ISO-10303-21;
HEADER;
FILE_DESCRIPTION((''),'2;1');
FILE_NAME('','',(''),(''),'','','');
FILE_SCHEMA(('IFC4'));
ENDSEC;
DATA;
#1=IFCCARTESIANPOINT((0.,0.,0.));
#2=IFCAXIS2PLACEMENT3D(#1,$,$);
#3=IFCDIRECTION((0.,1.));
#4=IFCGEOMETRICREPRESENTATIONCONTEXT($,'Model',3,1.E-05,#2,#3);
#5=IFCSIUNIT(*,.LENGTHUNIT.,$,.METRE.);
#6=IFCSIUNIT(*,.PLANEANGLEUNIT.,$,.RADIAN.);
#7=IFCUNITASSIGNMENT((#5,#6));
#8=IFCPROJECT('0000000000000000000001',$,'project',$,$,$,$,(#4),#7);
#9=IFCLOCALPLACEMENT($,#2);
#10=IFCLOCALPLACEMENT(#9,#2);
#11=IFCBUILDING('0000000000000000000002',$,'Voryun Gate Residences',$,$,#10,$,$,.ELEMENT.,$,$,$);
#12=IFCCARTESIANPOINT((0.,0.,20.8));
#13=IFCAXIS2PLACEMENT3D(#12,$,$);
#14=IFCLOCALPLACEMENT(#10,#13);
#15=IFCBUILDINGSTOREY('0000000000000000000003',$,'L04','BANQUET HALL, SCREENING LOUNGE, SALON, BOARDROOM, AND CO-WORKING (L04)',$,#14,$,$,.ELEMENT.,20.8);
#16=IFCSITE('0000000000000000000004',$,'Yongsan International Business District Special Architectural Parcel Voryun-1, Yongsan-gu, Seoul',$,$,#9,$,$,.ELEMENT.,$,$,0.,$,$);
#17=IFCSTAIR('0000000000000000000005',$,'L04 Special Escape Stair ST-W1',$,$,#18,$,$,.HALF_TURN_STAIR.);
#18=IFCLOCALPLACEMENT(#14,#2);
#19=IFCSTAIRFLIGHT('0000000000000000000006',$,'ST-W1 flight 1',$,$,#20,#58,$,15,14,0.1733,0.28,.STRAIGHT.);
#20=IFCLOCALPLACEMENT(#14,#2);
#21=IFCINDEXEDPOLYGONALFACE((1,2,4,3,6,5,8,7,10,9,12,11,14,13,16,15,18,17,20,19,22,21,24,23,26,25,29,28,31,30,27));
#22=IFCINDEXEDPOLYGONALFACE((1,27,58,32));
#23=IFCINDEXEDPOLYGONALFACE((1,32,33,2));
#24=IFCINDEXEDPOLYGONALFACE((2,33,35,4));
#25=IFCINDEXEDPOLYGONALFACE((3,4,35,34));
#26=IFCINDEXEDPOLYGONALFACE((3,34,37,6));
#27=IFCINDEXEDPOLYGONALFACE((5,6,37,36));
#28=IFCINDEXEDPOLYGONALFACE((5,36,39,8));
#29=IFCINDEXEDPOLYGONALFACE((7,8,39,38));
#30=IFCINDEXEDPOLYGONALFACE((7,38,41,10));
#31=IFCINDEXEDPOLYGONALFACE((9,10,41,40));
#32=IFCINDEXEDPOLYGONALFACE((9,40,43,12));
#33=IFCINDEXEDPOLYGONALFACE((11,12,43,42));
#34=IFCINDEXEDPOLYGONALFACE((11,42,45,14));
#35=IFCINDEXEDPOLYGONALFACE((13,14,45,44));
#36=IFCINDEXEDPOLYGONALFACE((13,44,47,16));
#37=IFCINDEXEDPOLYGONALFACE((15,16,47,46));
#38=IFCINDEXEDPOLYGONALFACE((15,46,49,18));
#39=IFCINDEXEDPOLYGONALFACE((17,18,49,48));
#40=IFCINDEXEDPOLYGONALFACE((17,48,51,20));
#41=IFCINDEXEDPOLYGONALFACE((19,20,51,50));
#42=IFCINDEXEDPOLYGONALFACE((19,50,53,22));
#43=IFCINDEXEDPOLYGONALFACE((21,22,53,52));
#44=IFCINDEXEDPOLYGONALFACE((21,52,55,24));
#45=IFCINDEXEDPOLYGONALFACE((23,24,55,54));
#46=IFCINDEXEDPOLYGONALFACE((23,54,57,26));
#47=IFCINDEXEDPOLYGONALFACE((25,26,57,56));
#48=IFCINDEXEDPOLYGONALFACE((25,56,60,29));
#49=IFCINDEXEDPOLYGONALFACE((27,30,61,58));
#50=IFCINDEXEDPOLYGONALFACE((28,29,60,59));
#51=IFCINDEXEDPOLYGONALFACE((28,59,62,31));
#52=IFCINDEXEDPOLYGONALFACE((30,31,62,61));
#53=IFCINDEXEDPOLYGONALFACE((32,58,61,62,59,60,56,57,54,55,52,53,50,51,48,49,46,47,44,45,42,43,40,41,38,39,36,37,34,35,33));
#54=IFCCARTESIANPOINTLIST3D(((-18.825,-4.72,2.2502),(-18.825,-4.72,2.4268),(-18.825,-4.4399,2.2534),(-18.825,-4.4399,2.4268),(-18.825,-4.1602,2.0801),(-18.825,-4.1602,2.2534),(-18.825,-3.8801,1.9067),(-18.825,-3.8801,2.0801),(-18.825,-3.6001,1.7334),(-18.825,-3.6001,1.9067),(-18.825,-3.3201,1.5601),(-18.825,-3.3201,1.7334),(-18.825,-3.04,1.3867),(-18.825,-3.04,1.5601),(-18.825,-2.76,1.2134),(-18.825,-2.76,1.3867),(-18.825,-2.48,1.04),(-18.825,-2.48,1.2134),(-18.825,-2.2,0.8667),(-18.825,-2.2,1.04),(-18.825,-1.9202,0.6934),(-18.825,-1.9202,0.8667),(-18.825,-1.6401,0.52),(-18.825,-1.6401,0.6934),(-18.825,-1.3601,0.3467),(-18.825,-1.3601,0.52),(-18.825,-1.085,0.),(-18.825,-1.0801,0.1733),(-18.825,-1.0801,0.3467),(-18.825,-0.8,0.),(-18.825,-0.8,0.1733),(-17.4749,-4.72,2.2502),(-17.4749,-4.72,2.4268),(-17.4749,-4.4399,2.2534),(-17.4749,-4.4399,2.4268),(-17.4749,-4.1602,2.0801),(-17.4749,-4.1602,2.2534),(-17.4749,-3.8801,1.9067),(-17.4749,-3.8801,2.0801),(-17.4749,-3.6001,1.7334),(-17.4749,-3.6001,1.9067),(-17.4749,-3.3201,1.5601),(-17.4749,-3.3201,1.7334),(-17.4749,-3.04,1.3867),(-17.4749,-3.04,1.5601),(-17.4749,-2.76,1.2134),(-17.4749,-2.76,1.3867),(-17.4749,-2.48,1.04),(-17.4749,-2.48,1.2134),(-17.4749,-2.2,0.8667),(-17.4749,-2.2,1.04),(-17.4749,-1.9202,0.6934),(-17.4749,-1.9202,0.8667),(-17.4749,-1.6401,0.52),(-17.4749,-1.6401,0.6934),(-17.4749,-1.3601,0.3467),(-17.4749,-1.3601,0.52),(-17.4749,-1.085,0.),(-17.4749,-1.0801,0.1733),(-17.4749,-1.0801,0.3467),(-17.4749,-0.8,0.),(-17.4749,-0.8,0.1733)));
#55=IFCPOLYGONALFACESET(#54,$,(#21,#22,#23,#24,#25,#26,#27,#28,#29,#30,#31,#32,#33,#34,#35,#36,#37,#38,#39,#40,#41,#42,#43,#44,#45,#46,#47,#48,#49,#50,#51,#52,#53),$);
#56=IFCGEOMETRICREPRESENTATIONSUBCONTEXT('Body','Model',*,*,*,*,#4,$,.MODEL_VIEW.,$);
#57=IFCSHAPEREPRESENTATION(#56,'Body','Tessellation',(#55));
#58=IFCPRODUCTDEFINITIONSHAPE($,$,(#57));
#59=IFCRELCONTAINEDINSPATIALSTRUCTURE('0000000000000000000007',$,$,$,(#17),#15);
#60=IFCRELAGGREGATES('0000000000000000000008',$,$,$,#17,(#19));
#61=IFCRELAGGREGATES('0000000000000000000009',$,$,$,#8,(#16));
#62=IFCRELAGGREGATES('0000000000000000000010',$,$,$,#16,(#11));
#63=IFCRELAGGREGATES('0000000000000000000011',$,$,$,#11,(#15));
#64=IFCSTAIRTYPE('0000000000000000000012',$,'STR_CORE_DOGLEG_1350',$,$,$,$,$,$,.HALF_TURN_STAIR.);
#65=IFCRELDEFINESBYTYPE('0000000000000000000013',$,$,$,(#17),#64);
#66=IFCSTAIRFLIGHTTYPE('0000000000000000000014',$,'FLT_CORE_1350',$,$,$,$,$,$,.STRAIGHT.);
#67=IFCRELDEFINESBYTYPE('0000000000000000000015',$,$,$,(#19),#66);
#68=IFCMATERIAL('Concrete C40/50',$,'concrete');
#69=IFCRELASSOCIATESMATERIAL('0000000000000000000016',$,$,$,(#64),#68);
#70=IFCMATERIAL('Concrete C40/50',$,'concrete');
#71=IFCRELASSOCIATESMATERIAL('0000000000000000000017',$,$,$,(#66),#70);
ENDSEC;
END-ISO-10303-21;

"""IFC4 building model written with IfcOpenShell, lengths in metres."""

from ifc_helpers import new_model, si_unit, direction, frame, origin, place, context, subcontext, project, spatial, polyline, outline, extrude, material, type_object, element, aggregate, save


model = new_model("IFC4")

# Units and contexts
model_context = context("Model", 3, precision=1e-05, world=origin(), true_north=direction((0.0, 1.0)))
body_context = subcontext(model_context, "Body", "Model", "MODEL_VIEW")
ifc_project = project(units=[si_unit("LENGTHUNIT", "METRE"), si_unit("PLANEANGLEUNIT", "RADIAN")], contexts=[model_context])

# Site, building, storey
site_placement = place(None, origin())
site = spatial("IfcSite", under=ifc_project, at=site_placement, Name="Yongsan International Business District Special Architectural Parcel Voryun-1, Yongsan-gu, Seoul", CompositionType="ELEMENT", RefElevation=0.0)
building_placement = place(site_placement, origin())
building = spatial("IfcBuilding", under=site, at=building_placement, Name="Voryun Gate Residences", CompositionType="ELEMENT")
storey_placement = place(building_placement, frame((0.0, 0.0, 20.8)))
storey = spatial("IfcBuildingStorey", under=building, at=storey_placement, Name="L04", Description="BANQUET HALL, SCREENING LOUNGE, SALON, BOARDROOM, AND CO-WORKING (L04)", CompositionType="ELEMENT", Elevation=20.8)

# Stair, stair flight
ifc_material_1 = material(Name="Concrete C40/50", Category="concrete")
stair_type = type_object("IfcStairType", Name="STR_CORE_DOGLEG_1350", PredefinedType="HALF_TURN_STAIR", material=ifc_material_1)
stair_placement = place(storey_placement, origin())
stair = element("IfcStair", 1, at=stair_placement, inside=storey, type_object=stair_type, Name="L04 Special Escape Stair ST-W1", PredefinedType="HALF_TURN_STAIR")
ifc_material_2 = material(Name="Concrete C40/50", Category="concrete")
stair_flight_type = type_object("IfcStairFlightType", Name="FLT_CORE_1350", PredefinedType="STRAIGHT", material=ifc_material_2)
stair_flight_placement = place(storey_placement, frame((-18.1499, -0.8, 0.0), z_axis=(0.0, 0.0, 1.0), x_axis=(0.0, -1.0, 0.0)))
stair_flight = element("IfcStairFlight", 2, at=stair_flight_placement, type_object=stair_flight_type, Name="ST-W1 flight 1", NumberOfRisers=15, NumberOfTreads=14, PredefinedType="STRAIGHT", RiserHeight=0.1733, TreadLength=0.28, context=body_context, shape_type="SweptSolid", body=[
    extrude(outline(polyline([(0.0, 0.0), (0.0, 0.1733), (0.28, 0.1733), (0.28, 0.3467), (0.5601, 0.3467), (0.5601, 0.52), (0.8401, 0.52), (0.8401, 0.6934), (1.1201, 0.6934), (1.1201, 0.8667), (1.3999, 0.8667), (1.3999, 1.04), (1.6799, 1.04), (1.6799, 1.2134), (1.96, 1.2134), (1.96, 1.3867), (2.24, 1.3867), (2.24, 1.5601), (2.52, 1.5601), (2.52, 1.7334), (2.8, 1.7334), (2.8, 1.9067), (3.0801, 1.9067), (3.0801, 2.0801), (3.3601, 2.0801), (3.3601, 2.2534), (3.6399, 2.2534), (3.6399, 2.4268), (3.9199, 2.4268), (3.9199, 2.6001), (3.9199, 2.2502), (0.2849, 0.0), (0.0, 0.0)])), frame((0.0, 0.675, 0.0), z_axis=(0.0, -1.0, 0.0), x_axis=(1.0, 0.0, 0.0)), (0.0, 0.0, 1.0), 1.3501),
])
aggregate(stair, [stair_flight])

save(model, "model.ifc")
